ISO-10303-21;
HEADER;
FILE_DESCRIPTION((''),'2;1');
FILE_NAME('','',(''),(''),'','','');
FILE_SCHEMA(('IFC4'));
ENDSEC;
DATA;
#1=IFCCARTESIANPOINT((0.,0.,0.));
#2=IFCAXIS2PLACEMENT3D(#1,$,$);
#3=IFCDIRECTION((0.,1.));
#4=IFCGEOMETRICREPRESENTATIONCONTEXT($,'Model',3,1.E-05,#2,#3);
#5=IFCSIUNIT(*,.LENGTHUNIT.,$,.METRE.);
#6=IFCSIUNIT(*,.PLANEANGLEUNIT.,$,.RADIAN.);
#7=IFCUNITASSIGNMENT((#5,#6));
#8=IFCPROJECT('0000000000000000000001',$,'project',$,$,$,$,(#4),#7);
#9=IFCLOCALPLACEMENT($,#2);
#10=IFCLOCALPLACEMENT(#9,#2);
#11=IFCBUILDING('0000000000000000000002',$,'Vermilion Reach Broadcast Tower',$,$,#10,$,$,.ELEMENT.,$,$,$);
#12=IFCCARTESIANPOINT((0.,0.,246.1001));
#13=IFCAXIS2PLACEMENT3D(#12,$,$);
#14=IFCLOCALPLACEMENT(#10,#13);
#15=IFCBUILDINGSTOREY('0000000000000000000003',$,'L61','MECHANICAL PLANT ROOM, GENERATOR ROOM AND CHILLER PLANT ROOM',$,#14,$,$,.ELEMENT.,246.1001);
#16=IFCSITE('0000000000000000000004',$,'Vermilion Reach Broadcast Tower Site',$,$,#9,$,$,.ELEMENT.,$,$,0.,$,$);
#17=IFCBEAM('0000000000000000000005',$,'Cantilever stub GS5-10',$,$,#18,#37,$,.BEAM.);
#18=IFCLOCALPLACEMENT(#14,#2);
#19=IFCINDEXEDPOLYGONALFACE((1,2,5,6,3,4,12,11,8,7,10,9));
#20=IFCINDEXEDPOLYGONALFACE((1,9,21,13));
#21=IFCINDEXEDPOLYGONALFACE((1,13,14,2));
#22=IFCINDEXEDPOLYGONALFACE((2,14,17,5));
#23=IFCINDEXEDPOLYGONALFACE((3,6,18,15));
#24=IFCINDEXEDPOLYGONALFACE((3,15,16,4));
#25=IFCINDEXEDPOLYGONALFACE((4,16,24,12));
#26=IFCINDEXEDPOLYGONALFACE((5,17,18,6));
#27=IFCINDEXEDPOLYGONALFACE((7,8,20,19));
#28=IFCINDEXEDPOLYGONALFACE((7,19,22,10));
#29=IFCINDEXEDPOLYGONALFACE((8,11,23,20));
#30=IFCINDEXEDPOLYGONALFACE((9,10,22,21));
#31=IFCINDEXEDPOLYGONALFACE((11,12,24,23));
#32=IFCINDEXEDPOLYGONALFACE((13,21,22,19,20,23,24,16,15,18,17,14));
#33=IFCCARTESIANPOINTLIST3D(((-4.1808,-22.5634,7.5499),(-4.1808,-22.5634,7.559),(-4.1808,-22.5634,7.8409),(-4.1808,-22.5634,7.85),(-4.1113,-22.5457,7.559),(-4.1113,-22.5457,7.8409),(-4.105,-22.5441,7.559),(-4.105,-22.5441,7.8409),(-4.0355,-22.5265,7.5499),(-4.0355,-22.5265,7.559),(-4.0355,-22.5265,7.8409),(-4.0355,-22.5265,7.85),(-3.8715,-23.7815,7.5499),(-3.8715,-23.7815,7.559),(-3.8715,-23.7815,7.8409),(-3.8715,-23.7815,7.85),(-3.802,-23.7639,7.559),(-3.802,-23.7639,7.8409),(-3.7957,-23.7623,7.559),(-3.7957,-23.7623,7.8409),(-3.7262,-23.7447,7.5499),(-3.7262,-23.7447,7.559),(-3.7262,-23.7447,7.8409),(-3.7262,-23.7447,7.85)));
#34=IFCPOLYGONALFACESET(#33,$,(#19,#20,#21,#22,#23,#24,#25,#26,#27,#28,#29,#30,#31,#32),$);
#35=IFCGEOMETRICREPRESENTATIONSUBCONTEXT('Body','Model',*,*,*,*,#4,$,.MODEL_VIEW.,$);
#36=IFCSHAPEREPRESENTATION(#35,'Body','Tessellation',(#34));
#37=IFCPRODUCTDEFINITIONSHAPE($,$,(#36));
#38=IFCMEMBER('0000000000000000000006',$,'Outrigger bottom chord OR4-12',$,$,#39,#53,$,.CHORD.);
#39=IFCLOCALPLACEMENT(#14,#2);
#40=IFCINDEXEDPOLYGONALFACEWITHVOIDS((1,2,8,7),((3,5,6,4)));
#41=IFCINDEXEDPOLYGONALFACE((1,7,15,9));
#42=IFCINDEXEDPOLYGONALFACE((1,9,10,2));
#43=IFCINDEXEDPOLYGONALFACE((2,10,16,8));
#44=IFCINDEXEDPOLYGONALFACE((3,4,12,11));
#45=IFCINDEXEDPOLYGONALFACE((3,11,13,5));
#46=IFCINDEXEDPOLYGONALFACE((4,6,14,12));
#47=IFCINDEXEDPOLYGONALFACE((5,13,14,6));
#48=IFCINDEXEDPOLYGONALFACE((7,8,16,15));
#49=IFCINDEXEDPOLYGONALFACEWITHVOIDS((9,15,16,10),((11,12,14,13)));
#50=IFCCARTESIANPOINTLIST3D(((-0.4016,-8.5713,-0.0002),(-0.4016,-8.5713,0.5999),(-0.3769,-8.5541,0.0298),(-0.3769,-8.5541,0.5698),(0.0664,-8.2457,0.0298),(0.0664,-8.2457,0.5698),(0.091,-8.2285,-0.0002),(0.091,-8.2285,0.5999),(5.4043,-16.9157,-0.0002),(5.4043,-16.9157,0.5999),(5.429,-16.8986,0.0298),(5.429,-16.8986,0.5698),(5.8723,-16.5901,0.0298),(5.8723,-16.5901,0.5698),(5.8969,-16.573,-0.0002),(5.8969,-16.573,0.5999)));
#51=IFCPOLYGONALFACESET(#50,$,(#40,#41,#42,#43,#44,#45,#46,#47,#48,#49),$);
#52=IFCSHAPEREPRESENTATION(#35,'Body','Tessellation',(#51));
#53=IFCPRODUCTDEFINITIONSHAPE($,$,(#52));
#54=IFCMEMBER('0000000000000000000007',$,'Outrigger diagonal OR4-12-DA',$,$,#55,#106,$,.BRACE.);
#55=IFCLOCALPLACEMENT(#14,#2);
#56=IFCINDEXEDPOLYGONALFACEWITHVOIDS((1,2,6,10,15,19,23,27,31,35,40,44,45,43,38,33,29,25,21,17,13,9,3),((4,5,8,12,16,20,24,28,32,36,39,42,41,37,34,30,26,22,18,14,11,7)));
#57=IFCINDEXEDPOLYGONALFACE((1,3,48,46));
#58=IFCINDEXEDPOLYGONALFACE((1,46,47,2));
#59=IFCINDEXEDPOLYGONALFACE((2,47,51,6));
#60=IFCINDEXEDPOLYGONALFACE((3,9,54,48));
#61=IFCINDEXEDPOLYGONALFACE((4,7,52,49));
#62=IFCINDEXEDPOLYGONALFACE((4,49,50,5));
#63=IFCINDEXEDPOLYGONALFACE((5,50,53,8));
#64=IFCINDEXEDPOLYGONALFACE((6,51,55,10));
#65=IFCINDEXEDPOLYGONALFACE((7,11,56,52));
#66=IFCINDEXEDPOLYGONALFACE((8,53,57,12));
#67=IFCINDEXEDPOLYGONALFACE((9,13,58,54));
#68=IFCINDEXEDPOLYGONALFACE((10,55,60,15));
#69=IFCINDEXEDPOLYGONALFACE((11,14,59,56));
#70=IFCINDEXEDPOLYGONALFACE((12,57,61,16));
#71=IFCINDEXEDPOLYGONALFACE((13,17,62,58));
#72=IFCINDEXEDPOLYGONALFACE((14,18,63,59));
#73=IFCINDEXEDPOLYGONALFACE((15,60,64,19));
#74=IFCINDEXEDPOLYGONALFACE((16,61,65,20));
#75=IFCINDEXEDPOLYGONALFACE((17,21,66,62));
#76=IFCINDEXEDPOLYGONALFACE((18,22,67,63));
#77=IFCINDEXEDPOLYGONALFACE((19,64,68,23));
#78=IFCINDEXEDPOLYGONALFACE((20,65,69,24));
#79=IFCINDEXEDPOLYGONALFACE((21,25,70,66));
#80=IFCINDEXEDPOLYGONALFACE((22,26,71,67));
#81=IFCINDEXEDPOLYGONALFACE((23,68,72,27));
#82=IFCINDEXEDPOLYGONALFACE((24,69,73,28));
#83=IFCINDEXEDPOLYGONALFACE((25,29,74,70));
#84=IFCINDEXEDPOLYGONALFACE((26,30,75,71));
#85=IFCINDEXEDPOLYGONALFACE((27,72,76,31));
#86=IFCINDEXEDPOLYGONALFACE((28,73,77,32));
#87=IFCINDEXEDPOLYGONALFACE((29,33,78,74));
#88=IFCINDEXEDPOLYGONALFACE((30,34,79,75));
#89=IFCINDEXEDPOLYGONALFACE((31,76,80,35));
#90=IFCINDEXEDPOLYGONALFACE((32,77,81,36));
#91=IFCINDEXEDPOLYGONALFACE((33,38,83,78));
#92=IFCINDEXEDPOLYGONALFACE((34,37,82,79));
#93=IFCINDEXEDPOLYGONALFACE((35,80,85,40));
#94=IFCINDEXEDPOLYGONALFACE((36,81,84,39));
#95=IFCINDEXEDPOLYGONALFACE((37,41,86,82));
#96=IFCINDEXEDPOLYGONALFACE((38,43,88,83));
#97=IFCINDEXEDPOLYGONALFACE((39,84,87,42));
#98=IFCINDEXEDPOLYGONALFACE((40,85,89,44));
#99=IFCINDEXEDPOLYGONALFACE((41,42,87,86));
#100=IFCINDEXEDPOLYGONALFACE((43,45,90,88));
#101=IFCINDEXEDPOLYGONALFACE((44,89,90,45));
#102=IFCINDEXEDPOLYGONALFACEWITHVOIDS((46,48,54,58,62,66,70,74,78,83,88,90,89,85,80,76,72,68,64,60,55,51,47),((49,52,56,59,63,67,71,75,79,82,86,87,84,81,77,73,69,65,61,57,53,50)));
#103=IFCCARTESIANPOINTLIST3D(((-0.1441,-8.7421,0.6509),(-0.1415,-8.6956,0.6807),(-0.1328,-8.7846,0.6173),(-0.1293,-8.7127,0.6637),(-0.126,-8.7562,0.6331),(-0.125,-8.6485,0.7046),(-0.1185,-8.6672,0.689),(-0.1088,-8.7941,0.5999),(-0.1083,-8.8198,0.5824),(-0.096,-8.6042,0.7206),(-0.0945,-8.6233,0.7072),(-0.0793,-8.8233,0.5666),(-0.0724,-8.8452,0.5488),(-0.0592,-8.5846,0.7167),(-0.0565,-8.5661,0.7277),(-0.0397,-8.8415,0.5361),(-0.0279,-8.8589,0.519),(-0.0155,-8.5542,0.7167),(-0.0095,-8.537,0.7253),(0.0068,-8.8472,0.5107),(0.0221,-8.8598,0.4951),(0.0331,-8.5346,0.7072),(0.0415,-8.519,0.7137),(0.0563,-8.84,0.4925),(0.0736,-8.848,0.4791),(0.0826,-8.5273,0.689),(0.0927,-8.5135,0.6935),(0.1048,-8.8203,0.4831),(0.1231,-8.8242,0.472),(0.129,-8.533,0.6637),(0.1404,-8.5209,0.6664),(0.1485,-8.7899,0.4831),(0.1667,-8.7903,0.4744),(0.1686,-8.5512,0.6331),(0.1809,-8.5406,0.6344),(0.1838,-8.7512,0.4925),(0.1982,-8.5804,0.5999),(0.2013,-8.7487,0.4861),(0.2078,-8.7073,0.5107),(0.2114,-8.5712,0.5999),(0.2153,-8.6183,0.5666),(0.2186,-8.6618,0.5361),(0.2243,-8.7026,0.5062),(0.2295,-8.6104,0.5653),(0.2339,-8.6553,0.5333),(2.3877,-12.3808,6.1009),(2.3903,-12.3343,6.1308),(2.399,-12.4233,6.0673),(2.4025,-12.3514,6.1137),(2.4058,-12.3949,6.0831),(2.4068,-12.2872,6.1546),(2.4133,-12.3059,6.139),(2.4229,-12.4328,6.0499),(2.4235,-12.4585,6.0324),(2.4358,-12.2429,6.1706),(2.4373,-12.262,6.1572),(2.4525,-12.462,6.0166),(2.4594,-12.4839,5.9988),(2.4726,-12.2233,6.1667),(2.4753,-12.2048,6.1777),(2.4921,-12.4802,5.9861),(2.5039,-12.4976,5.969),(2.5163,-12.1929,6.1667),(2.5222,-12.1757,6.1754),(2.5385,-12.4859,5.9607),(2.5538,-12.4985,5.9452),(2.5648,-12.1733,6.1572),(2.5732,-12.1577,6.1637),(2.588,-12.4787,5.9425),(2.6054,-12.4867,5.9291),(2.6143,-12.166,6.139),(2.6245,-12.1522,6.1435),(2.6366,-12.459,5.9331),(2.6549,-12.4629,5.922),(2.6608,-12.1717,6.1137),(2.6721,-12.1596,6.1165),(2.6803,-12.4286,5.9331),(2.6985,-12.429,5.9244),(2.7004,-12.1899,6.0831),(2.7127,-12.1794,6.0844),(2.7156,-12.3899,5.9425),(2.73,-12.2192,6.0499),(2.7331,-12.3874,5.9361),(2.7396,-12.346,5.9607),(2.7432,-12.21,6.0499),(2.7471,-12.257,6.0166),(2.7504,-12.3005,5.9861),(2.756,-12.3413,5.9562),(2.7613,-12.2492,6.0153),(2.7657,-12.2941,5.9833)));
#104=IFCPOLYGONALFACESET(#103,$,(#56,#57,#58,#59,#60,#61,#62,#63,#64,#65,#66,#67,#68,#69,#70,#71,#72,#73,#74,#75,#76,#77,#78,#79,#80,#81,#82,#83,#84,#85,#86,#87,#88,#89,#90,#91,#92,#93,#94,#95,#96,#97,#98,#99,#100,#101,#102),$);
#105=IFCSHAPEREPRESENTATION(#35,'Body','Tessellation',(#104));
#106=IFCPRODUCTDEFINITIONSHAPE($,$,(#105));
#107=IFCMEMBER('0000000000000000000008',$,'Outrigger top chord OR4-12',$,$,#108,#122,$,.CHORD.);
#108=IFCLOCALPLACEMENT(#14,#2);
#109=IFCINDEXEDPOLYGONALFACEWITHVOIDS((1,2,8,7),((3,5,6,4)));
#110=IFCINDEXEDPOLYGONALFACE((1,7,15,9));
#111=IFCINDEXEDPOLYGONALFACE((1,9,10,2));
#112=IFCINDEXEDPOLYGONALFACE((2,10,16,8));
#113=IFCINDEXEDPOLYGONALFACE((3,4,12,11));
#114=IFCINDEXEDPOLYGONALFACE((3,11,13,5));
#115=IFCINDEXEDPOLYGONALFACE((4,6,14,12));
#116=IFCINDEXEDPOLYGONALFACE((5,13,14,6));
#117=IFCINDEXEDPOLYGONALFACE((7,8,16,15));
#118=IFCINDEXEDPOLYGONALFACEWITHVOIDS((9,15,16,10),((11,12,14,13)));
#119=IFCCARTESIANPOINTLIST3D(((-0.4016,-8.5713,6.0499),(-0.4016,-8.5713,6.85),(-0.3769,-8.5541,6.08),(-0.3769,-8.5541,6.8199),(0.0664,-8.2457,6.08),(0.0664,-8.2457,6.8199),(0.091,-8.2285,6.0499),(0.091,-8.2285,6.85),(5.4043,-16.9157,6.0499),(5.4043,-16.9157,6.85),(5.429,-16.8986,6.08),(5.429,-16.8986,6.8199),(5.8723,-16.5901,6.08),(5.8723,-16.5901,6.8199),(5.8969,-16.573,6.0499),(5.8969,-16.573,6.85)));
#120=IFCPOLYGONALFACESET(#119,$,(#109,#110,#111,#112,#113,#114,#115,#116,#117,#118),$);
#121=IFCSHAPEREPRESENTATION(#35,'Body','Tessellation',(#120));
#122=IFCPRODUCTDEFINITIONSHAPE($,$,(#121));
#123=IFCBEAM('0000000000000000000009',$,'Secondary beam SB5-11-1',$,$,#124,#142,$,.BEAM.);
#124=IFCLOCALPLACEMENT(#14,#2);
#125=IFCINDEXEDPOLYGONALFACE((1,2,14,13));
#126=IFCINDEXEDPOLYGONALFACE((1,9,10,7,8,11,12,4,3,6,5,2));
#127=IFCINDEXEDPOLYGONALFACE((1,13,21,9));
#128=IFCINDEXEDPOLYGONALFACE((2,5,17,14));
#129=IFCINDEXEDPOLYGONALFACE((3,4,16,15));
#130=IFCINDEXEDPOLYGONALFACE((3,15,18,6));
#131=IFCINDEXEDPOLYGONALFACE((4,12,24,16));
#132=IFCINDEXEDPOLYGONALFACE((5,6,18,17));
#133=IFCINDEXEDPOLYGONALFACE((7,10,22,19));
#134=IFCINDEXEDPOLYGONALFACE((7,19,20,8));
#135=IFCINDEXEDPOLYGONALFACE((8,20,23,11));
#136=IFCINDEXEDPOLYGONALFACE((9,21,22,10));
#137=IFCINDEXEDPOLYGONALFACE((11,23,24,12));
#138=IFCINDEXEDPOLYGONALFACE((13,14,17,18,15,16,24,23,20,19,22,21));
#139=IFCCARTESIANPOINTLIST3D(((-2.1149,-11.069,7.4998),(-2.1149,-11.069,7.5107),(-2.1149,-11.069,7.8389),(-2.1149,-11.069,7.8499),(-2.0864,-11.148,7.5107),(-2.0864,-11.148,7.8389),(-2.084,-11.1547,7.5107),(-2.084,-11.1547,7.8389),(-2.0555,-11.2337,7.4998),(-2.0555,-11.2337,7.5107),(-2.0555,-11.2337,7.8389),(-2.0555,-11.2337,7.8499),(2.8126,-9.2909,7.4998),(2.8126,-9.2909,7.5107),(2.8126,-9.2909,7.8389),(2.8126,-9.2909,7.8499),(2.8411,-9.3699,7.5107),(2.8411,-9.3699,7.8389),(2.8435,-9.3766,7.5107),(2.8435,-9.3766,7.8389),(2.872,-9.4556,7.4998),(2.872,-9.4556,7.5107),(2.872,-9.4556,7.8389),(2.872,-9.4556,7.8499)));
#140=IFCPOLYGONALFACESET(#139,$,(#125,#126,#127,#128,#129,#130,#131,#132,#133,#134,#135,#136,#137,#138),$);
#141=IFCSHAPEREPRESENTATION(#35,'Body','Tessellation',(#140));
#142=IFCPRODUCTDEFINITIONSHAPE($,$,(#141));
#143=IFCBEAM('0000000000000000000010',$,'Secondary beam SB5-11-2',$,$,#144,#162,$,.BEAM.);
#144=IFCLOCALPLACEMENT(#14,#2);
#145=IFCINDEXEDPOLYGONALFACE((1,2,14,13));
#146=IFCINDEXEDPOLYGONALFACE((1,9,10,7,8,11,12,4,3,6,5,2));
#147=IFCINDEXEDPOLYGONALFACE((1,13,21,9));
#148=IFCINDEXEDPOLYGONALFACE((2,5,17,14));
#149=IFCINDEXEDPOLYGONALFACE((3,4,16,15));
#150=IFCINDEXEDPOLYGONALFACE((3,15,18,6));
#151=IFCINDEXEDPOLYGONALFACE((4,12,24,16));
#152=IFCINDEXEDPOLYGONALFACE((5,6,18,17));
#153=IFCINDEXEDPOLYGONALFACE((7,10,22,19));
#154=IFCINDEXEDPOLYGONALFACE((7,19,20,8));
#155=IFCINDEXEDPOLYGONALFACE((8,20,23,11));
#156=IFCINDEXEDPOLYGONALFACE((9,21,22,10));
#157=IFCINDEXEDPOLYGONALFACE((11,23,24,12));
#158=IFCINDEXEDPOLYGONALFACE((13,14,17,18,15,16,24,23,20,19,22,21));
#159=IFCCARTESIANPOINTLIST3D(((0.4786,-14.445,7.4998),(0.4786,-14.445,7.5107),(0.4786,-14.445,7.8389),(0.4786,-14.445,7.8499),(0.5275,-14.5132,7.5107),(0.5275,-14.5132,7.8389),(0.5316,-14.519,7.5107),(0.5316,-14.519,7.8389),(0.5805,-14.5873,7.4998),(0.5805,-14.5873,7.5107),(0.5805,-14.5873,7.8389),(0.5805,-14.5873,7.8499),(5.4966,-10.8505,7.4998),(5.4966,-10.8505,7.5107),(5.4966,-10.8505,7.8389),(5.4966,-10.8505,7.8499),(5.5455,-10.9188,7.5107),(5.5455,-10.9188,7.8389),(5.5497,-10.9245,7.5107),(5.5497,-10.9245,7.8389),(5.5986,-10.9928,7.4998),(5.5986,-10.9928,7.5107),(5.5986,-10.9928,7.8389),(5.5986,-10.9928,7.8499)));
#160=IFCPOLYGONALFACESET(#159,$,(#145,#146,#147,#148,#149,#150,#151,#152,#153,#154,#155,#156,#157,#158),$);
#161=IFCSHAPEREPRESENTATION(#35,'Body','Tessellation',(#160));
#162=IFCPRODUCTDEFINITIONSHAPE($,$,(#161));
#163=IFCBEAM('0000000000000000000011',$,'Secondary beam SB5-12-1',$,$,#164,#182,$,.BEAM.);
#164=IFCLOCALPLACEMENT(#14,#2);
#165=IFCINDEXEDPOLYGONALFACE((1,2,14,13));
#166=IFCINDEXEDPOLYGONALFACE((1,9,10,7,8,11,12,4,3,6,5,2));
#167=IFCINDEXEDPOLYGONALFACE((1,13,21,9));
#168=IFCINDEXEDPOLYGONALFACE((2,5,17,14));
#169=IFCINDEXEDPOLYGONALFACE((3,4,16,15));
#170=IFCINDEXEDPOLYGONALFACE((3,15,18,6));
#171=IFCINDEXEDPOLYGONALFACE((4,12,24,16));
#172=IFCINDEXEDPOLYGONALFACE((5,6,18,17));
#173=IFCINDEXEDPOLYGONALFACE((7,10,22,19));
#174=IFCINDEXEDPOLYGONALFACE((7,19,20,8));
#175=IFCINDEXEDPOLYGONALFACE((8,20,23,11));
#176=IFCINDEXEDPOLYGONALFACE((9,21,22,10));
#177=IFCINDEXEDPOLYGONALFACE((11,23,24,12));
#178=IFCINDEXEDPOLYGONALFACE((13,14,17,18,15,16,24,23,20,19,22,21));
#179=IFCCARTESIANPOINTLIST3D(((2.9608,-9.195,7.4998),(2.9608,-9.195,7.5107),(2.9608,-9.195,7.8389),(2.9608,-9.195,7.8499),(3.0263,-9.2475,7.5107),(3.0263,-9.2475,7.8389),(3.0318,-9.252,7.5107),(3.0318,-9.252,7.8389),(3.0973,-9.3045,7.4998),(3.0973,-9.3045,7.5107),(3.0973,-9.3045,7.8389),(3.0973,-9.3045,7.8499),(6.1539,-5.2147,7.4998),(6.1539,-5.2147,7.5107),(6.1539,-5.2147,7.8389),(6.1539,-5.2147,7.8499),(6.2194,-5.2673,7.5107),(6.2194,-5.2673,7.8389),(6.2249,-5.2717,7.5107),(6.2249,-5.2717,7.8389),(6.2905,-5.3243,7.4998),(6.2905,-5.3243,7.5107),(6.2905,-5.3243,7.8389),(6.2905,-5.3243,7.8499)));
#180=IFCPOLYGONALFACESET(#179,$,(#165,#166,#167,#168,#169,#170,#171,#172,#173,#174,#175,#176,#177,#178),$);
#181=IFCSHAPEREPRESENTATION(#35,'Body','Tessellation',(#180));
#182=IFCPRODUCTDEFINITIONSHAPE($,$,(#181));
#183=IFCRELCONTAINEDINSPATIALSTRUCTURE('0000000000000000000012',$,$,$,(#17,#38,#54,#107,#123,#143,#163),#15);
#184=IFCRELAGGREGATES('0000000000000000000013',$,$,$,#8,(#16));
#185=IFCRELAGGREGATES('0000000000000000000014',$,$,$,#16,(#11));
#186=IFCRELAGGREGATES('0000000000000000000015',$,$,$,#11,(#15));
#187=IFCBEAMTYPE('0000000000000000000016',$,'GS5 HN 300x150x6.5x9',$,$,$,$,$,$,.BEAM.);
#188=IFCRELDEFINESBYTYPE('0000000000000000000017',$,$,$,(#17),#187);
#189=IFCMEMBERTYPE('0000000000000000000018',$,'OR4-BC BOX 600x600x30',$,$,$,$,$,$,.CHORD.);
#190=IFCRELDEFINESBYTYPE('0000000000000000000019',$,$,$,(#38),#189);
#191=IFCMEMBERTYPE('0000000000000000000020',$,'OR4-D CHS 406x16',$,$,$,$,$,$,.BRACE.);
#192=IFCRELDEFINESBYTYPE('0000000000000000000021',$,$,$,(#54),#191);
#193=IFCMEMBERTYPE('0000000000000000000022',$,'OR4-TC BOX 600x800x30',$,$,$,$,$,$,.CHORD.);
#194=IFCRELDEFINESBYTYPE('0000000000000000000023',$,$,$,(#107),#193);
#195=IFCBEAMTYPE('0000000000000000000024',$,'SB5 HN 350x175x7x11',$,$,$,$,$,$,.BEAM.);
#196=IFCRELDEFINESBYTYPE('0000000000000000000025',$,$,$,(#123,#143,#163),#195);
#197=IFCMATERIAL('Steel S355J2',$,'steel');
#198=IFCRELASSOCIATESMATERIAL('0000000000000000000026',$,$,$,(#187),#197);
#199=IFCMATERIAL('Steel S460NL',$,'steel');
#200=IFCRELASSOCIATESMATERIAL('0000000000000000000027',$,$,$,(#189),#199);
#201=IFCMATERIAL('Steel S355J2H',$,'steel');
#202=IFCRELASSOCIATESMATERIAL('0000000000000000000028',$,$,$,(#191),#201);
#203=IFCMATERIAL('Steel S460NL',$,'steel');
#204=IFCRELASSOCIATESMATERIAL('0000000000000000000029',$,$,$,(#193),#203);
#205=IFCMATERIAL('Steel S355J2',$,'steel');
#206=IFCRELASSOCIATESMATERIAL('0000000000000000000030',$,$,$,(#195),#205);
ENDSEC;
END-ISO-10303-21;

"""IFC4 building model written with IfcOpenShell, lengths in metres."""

from ifc_helpers import new_model, si_unit, direction, frame, origin, origin_2d, place, context, subcontext, project, spatial, hollow_rectangle, hollow_circle, i_section, extrude, material, material_profile, profile_set, type_object, element, save


model = new_model("IFC4")

# Units and contexts
model_context = context("Model", 3, precision=1e-05, world=origin(), true_north=direction((0.0, 1.0)))
body_context = subcontext(model_context, "Body", "Model", "MODEL_VIEW")
ifc_project = project(units=[si_unit("LENGTHUNIT", "METRE"), si_unit("PLANEANGLEUNIT", "RADIAN")], contexts=[model_context])

# Site, building, storey
site_placement = place(None, origin())
site = spatial("IfcSite", under=ifc_project, at=site_placement, Name="Vermilion Reach Broadcast Tower Site", CompositionType="ELEMENT", RefElevation=0.0)
building_placement = place(site_placement, origin())
building = spatial("IfcBuilding", under=site, at=building_placement, Name="Vermilion Reach Broadcast Tower", CompositionType="ELEMENT")
storey_placement = place(building_placement, frame((0.0, 0.0, 246.1001)))
storey = spatial("IfcBuildingStorey", under=building, at=storey_placement, Name="L61", Description="MECHANICAL PLANT ROOM, GENERATOR ROOM AND CHILLER PLANT ROOM", CompositionType="ELEMENT", Elevation=246.1001)

# Beam
ifc_material_1 = material(Name="Steel S355J2", Category="steel")
ifc_material_profile_1 = material_profile(ifc_material_1, i_section(OverallWidth=0.1499, OverallDepth=0.3, WebThickness=0.0066, FlangeThickness=0.009, at=origin_2d()), Name="S355J2 HN 300x150x6.5x9")
ifc_profile_set_1 = profile_set([ifc_material_profile_1], Name="Steel S355J2")
beam_type_1 = type_object("IfcBeamType", Name="GS5 HN 300x150x6.5x9", PredefinedType="BEAM", material=ifc_profile_set_1)
beam_1_placement = place(storey_placement, frame((-4.1082, -22.5449, 7.7), z_axis=(0.246099, -0.969245, 0.0), x_axis=(0.969245, 0.246099, 0.0)))
element("IfcBeam", 1, at=beam_1_placement, inside=storey, type_object=beam_type_1, Name="Cantilever stub GS5-10", PredefinedType="BEAM", context=body_context, shape_type="SweptSolid", body=[
    extrude(i_section(OverallWidth=0.1499, OverallDepth=0.3, WebThickness=0.0066, FlangeThickness=0.009, at=origin_2d()), origin(), (0.0, 0.0, 1.0), 1.2568),
])

# Members
ifc_material_2 = material(Name="Steel S460NL", Category="steel")
ifc_material_profile_2 = material_profile(ifc_material_2, hollow_rectangle(XDim=0.6001, YDim=0.6001, WallThickness=0.03, at=origin_2d()), Name="S460NL BOX 600x600x30")
ifc_profile_set_2 = profile_set([ifc_material_profile_2], Name="Steel S460NL")
member_type_1 = type_object("IfcMemberType", Name="OR4-BC BOX 600x600x30", PredefinedType="CHORD", material=ifc_profile_set_2)
member_1_placement = place(storey_placement, frame((-0.1553, -8.3999, 0.2998), z_axis=(0.571134, -0.820857, 0.0), x_axis=(0.820857, 0.571134, 0.0)))
element("IfcMember", 2, at=member_1_placement, inside=storey, type_object=member_type_1, Name="Outrigger bottom chord OR4-12", PredefinedType="CHORD", context=body_context, shape_type="SweptSolid", body=[
    extrude(hollow_rectangle(XDim=0.6001, YDim=0.6001, WallThickness=0.03, at=origin_2d()), origin(), (0.0, 0.0, 1.0), 10.1655),
])
ifc_material_3 = material(Name="Steel S355J2H", Category="steel")
ifc_material_profile_3 = material_profile(ifc_material_3, hollow_circle(Radius=0.2031, WallThickness=0.0161, at=origin_2d()), Name="S355J2H CHS 406x16")
ifc_profile_set_3 = profile_set([ifc_material_profile_3], Name="Steel S355J2H")
member_type_2 = type_object("IfcMemberType", Name="OR4-D CHS 406x16", PredefinedType="BRACE", material=ifc_profile_set_3)
member_2_placement = place(storey_placement, frame((0.0447, -8.6873, 0.5999), z_axis=(0.360386, -0.517955, 0.775786), x_axis=(0.820854, 0.571139, 0.0)))
element("IfcMember", 3, at=member_2_placement, inside=storey, type_object=member_type_2, Name="Outrigger diagonal OR4-12-DA", PredefinedType="BRACE", context=body_context, shape_type="SweptSolid", body=[
    extrude(hollow_circle(Radius=0.2031, WallThickness=0.0161, at=origin_2d()), origin(), (0.0, 0.0, 1.0), 7.0251),
])
ifc_material_4 = material(Name="Steel S460NL", Category="steel")
ifc_material_profile_4 = material_profile(ifc_material_4, hollow_rectangle(XDim=0.6001, YDim=0.8, WallThickness=0.03, at=origin_2d()), Name="S460NL BOX 600x800x30")
ifc_profile_set_4 = profile_set([ifc_material_profile_4], Name="Steel S460NL")
member_type_3 = type_object("IfcMemberType", Name="OR4-TC BOX 600x800x30", PredefinedType="CHORD", material=ifc_profile_set_4)
member_3_placement = place(storey_placement, frame((-0.1553, -8.3999, 6.45), z_axis=(0.571134, -0.820857, 0.0), x_axis=(0.820857, 0.571134, 0.0)))
element("IfcMember", 4, at=member_3_placement, inside=storey, type_object=member_type_3, Name="Outrigger top chord OR4-12", PredefinedType="CHORD", context=body_context, shape_type="SweptSolid", body=[
    extrude(hollow_rectangle(XDim=0.6001, YDim=0.8, WallThickness=0.03, at=origin_2d()), origin(), (0.0, 0.0, 1.0), 10.1655),
])

# Beams
ifc_material_5 = material(Name="Steel S355J2", Category="steel")
ifc_material_profile_5 = material_profile(ifc_material_5, i_section(OverallWidth=0.175, OverallDepth=0.3501, WebThickness=0.0071, FlangeThickness=0.011, at=origin_2d()), Name="S355J2 HN 350x175x7x11")
ifc_profile_set_5 = profile_set([ifc_material_profile_5], Name="Steel S355J2")
beam_type_2 = type_object("IfcBeamType", Name="SB5 HN 350x175x7x11", PredefinedType="BEAM", material=ifc_profile_set_5)
beam_2_placement = place(storey_placement, frame((-2.0852, -11.1514, 7.6748), z_axis=(0.940633, 0.339426, 0.0), x_axis=(-0.339426, 0.940633, 0.0)))
element("IfcBeam", 5, at=beam_2_placement, inside=storey, type_object=beam_type_2, Name="Secondary beam SB5-11-1", PredefinedType="BEAM", context=body_context, shape_type="SweptSolid", body=[
    extrude(i_section(OverallWidth=0.175, OverallDepth=0.3501, WebThickness=0.0071, FlangeThickness=0.011, at=origin_2d()), origin(), (0.0, 0.0, 1.0), 5.2385),
])
beam_3_placement = place(storey_placement, frame((0.5295, -14.5161, 7.6748), z_axis=(0.812955, 0.582326, 0.0), x_axis=(-0.582326, 0.812955, 0.0)))
element("IfcBeam", 6, at=beam_3_placement, inside=storey, type_object=beam_type_2, Name="Secondary beam SB5-11-2", PredefinedType="BEAM", context=body_context, shape_type="SweptSolid", body=[
    extrude(i_section(OverallWidth=0.175, OverallDepth=0.3501, WebThickness=0.0071, FlangeThickness=0.011, at=origin_2d()), origin(), (0.0, 0.0, 1.0), 6.1726),
])
beam_4_placement = place(storey_placement, frame((3.0291, -9.2498, 7.6748), z_axis=(0.625762, 0.780014, 0.0), x_axis=(-0.780014, 0.625762, 0.0)))
element("IfcBeam", 7, at=beam_4_placement, inside=storey, type_object=beam_type_2, Name="Secondary beam SB5-12-1", PredefinedType="BEAM", context=body_context, shape_type="SweptSolid", body=[
    extrude(i_section(OverallWidth=0.175, OverallDepth=0.3501, WebThickness=0.0071, FlangeThickness=0.011, at=origin_2d()), origin(), (0.0, 0.0, 1.0), 5.1028),
])

save(model, "model.ifc")
